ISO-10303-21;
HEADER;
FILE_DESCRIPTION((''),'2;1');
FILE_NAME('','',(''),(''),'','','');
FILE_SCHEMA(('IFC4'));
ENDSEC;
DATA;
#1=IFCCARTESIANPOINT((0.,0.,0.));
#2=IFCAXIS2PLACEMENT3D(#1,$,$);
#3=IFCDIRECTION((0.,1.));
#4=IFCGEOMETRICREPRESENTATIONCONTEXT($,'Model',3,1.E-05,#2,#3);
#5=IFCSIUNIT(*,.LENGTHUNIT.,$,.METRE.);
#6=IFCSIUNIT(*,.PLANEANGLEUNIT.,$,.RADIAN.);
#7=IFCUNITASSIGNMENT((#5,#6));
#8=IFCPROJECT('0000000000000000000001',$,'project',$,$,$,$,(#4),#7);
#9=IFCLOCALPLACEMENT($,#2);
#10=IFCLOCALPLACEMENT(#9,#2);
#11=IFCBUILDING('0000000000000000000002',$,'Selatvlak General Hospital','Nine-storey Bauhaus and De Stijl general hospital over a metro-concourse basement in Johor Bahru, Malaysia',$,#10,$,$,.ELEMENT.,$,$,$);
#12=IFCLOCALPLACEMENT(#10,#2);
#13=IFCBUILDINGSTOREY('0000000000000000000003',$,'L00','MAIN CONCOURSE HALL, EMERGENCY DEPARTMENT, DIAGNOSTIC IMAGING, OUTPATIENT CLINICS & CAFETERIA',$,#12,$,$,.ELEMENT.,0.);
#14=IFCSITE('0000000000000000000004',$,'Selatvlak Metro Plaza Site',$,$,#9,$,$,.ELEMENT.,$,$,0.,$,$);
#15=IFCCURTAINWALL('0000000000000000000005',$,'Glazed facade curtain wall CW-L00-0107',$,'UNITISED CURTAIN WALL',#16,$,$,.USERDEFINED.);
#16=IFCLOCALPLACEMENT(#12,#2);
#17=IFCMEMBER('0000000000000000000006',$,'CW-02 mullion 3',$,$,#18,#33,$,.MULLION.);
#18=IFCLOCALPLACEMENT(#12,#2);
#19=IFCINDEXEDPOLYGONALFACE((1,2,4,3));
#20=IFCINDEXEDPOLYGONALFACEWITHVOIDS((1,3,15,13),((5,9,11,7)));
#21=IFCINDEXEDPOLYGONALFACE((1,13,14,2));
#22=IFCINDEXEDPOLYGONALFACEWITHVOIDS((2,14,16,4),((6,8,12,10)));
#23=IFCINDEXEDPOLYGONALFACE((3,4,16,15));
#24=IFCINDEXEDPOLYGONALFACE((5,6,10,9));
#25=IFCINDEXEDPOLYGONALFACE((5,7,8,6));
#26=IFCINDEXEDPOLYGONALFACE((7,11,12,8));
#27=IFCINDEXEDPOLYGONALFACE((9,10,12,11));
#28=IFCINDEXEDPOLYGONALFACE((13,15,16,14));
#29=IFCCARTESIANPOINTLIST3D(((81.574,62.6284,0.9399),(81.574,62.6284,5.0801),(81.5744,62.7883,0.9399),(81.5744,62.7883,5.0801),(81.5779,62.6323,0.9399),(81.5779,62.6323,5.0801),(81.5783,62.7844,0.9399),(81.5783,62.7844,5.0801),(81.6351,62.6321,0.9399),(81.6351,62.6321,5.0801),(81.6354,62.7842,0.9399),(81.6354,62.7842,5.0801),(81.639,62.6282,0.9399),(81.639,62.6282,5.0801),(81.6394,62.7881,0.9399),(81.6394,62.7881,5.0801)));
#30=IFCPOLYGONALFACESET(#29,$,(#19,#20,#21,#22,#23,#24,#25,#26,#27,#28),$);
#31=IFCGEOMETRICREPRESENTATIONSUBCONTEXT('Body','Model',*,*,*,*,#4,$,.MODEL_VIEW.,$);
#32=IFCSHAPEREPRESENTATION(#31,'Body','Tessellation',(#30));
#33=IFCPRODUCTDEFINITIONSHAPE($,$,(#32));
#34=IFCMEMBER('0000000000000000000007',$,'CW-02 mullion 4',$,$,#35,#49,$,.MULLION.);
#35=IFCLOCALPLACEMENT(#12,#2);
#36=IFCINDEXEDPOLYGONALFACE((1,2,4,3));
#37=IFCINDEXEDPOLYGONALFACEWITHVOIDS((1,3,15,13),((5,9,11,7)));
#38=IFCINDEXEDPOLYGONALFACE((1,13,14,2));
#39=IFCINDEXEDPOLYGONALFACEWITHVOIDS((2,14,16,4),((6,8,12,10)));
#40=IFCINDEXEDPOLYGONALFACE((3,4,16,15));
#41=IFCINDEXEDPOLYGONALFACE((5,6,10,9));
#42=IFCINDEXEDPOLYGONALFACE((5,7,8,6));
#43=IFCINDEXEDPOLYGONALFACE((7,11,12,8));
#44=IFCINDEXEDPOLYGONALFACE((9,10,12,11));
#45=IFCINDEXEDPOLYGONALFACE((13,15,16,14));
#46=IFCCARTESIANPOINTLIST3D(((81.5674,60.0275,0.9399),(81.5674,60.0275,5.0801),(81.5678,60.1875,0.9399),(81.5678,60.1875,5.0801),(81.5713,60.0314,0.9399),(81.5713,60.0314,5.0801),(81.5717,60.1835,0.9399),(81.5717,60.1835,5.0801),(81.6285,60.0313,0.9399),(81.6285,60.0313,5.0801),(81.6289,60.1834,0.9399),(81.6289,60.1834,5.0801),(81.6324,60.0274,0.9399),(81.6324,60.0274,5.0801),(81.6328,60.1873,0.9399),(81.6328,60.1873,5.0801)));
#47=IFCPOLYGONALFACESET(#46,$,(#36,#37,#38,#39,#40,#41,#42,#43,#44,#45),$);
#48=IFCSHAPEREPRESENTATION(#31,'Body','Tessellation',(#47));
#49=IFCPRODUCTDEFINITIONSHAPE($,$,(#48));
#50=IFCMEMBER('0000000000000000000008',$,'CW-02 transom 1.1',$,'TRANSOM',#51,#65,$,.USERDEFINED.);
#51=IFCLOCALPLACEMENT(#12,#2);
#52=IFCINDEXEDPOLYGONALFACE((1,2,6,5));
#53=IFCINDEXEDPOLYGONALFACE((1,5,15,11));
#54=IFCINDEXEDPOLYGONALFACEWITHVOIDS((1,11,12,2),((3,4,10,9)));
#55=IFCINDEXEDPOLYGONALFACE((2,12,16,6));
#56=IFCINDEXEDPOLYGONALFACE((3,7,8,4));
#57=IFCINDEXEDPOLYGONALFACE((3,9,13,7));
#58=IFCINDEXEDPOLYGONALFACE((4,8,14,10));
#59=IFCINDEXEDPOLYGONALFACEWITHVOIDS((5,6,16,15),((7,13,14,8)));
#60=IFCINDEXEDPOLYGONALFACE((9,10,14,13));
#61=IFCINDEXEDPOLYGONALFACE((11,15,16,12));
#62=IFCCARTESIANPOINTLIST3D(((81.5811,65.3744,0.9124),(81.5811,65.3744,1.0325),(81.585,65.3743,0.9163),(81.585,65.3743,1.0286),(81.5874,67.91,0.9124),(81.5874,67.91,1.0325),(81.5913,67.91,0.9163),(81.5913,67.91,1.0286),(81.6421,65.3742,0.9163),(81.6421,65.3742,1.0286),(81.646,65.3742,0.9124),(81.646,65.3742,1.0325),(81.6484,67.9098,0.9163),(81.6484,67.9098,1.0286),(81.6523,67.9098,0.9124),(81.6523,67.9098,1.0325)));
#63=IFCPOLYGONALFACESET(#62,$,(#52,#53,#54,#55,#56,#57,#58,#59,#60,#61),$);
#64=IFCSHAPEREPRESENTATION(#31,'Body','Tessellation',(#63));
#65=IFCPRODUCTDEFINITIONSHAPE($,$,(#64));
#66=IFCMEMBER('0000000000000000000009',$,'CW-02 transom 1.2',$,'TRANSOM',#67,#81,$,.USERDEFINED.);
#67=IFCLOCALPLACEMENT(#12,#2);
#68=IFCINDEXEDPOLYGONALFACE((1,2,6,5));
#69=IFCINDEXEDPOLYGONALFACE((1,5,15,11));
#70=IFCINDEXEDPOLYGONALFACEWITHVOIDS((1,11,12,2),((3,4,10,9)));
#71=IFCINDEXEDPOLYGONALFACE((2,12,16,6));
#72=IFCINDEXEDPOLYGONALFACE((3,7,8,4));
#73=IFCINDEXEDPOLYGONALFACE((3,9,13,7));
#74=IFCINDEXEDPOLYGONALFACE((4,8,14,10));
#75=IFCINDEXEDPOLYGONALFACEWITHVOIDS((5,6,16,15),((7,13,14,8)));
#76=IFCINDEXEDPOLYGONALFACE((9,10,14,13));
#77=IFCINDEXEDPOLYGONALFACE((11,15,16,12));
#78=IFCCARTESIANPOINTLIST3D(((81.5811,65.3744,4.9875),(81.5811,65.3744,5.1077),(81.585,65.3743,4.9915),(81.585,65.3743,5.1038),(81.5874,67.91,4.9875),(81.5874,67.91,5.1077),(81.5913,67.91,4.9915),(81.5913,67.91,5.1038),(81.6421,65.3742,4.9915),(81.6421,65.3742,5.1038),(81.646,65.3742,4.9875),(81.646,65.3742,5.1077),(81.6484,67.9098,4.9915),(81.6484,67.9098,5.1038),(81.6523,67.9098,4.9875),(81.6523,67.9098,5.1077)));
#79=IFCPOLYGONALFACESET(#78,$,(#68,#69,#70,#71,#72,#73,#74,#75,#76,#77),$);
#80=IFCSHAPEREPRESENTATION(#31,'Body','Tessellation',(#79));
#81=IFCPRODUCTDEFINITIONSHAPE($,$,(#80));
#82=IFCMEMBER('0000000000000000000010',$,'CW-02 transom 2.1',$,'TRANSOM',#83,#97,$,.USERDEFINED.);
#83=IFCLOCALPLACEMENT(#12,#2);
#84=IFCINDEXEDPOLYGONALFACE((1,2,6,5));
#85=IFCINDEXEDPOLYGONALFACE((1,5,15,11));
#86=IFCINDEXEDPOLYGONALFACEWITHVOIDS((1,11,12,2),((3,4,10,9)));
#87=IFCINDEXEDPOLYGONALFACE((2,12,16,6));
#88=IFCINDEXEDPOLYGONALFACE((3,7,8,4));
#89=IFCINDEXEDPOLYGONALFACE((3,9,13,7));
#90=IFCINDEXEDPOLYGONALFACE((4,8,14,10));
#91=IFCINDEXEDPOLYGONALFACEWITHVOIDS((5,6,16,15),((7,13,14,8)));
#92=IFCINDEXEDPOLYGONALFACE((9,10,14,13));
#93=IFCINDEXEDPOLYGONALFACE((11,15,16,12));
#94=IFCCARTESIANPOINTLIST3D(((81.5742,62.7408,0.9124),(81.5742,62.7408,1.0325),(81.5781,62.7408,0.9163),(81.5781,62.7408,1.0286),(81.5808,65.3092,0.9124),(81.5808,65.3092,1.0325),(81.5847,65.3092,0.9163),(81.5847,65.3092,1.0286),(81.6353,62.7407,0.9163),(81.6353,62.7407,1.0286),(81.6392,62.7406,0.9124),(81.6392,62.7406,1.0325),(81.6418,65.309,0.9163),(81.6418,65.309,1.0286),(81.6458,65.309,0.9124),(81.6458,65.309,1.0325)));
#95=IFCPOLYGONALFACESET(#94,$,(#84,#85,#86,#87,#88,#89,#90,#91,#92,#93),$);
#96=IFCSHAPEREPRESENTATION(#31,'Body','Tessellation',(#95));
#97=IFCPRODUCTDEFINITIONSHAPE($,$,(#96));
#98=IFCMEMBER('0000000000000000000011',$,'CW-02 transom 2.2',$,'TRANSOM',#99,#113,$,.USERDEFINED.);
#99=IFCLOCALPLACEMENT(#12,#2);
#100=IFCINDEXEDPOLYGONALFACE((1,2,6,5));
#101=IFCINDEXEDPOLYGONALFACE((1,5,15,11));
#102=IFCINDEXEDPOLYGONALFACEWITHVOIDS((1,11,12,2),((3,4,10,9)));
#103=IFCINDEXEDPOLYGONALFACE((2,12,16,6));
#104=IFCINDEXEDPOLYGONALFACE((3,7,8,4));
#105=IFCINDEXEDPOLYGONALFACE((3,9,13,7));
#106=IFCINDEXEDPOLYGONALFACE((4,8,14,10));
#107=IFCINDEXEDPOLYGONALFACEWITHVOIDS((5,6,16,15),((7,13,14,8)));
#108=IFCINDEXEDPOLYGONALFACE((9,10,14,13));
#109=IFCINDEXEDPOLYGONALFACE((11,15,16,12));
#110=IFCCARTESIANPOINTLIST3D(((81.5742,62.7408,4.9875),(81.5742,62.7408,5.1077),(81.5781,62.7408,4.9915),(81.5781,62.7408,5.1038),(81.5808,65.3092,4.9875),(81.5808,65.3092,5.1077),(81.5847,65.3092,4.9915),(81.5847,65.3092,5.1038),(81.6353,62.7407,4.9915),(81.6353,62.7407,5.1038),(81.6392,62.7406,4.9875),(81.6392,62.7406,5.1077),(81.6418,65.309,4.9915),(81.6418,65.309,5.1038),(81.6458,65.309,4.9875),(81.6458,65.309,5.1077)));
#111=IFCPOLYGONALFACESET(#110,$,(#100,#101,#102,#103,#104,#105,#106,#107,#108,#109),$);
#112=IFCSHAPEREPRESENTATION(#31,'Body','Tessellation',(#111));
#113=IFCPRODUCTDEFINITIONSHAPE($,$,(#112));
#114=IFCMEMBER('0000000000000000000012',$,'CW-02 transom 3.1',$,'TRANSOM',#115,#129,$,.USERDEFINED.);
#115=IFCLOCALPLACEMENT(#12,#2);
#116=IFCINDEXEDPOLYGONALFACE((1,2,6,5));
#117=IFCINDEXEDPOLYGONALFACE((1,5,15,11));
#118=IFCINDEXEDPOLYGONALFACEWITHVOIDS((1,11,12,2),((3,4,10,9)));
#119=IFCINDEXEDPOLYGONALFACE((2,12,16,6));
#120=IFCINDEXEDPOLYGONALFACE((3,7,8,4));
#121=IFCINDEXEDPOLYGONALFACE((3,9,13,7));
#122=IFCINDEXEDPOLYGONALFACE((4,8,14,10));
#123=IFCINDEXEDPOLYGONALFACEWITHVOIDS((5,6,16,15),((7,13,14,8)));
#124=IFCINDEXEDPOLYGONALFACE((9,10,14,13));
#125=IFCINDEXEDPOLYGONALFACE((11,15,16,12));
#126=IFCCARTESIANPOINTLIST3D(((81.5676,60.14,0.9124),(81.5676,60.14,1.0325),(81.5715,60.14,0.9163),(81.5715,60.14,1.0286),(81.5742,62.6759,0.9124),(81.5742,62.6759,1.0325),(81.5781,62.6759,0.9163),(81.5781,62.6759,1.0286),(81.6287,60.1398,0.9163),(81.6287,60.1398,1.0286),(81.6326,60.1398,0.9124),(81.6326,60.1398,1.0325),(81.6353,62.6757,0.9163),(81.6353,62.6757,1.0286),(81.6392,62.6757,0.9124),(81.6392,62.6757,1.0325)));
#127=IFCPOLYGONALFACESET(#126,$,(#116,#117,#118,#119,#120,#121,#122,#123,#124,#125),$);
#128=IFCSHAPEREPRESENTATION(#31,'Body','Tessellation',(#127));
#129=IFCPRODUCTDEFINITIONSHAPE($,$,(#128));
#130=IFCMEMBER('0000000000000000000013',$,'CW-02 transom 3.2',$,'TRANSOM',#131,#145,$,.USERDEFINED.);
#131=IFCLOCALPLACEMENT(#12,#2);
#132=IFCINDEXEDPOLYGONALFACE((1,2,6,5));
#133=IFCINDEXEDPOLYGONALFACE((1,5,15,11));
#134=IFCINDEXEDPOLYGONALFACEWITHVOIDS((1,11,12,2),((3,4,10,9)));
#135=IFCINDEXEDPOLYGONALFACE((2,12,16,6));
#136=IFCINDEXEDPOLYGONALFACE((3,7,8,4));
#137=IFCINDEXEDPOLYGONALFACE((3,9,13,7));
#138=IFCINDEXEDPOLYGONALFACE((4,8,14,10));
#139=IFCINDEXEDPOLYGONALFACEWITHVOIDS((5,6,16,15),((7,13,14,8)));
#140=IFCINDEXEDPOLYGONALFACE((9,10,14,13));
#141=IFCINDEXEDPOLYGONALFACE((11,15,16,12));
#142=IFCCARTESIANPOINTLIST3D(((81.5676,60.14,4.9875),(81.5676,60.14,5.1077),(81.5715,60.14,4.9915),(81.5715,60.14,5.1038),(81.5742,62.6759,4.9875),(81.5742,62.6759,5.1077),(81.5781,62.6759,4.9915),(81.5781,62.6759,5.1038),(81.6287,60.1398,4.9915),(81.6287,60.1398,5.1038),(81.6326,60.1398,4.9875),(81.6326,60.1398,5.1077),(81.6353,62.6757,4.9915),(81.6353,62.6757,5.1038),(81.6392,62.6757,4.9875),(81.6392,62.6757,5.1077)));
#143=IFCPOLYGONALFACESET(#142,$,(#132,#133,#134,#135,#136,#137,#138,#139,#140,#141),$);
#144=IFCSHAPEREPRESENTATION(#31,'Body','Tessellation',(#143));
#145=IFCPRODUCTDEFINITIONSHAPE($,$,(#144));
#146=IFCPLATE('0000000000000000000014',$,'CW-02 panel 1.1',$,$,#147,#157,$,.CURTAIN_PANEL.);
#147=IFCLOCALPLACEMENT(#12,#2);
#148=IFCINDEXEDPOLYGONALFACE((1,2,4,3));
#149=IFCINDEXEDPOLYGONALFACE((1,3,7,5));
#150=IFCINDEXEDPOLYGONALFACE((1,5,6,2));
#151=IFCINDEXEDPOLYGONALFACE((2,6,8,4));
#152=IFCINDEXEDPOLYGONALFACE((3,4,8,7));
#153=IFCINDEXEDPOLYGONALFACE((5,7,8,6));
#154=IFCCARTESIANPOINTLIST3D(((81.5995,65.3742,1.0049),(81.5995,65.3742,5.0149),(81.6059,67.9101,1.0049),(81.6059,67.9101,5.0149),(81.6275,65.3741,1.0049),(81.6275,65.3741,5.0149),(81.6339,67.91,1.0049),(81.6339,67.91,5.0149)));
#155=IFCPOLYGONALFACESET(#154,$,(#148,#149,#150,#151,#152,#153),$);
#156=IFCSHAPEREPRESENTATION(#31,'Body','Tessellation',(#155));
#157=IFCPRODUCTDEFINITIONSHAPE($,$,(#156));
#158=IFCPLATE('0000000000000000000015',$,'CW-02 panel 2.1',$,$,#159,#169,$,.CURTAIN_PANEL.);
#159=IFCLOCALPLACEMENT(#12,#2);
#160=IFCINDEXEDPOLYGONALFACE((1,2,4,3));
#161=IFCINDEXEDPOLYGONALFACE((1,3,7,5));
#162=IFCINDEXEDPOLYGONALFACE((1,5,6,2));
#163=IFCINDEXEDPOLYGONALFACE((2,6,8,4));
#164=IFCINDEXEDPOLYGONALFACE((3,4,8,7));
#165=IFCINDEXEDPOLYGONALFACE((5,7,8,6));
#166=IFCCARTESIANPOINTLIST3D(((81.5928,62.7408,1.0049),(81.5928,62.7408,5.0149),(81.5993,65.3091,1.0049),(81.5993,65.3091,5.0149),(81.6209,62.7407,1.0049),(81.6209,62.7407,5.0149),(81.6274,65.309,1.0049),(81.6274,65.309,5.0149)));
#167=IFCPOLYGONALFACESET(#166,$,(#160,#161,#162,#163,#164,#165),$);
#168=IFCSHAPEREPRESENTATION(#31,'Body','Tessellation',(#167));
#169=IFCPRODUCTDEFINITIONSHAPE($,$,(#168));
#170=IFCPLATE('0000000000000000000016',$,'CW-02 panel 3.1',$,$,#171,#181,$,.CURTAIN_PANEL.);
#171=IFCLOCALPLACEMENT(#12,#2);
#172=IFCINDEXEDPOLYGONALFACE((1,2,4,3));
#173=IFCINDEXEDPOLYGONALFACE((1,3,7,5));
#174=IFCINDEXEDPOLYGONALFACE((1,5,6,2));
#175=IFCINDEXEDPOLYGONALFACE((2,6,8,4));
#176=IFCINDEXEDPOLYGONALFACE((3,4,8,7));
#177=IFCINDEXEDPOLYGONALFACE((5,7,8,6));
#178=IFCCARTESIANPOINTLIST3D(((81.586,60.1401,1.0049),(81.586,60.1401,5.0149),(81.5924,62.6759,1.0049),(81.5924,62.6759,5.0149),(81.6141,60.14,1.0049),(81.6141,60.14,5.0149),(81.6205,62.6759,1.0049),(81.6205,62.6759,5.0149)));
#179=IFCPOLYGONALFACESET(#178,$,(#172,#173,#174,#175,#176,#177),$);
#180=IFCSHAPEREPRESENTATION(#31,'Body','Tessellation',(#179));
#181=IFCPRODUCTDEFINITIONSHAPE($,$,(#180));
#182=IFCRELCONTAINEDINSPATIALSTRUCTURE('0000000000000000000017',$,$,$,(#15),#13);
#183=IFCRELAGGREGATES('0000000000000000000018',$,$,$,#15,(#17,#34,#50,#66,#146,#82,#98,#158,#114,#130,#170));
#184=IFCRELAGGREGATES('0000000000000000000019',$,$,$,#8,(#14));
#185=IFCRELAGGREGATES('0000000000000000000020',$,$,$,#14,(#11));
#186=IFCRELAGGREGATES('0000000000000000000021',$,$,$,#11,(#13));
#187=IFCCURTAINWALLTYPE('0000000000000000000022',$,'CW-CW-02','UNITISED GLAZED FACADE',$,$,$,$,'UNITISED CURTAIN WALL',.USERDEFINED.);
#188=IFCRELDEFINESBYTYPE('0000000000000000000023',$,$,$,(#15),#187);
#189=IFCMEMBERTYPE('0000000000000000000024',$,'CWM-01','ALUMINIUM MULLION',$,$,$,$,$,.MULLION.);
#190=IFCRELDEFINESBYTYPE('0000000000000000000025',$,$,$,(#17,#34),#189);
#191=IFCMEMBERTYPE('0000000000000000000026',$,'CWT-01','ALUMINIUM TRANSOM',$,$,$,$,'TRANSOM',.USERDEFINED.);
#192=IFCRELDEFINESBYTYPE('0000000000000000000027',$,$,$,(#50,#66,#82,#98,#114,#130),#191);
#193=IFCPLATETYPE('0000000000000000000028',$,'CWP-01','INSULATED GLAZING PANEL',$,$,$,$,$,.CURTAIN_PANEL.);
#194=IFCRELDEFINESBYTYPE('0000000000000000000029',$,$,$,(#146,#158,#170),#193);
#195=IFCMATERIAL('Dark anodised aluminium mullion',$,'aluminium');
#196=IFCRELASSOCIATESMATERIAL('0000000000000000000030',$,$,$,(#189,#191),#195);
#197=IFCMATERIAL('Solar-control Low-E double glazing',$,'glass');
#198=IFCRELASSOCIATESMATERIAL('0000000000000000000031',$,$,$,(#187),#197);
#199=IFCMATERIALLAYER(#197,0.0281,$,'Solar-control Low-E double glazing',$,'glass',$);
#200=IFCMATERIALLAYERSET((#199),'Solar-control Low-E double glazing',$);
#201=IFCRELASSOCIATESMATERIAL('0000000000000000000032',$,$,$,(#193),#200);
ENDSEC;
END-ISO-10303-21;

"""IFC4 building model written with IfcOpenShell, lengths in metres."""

from ifc_helpers import new_model, si_unit, direction, frame, origin, origin_2d, place, context, subcontext, project, spatial, rectangle, hollow_rectangle, extrude, material, layer, layer_set, material_profile, profile_set, type_object, element, aggregate, save


model = new_model("IFC4")

# Units and contexts
model_context = context("Model", 3, precision=1e-05, world=origin(), true_north=direction((0.0, 1.0)))
body_context = subcontext(model_context, "Body", "Model", "MODEL_VIEW")
ifc_project = project(units=[si_unit("LENGTHUNIT", "METRE"), si_unit("PLANEANGLEUNIT", "RADIAN")], contexts=[model_context])

# Site, building, storey
site_placement = place(None, origin())
site = spatial("IfcSite", under=ifc_project, at=site_placement, Name="Selatvlak Metro Plaza Site", CompositionType="ELEMENT", RefElevation=0.0)
building_placement = place(site_placement, origin())
building = spatial("IfcBuilding", under=site, at=building_placement, Name="Selatvlak General Hospital", Description="Nine-storey Bauhaus and De Stijl general hospital over a metro-concourse basement in Johor Bahru, Malaysia", CompositionType="ELEMENT")
storey_placement = place(building_placement, origin())
storey = spatial("IfcBuildingStorey", under=building, at=storey_placement, Name="L00", Description="MAIN CONCOURSE HALL, EMERGENCY DEPARTMENT, DIAGNOSTIC IMAGING, OUTPATIENT CLINICS & CAFETERIA", CompositionType="ELEMENT", Elevation=0.0)

# Shared definitions
ifc_material_1 = material(Name="Solar-control Low-E double glazing", Category="glass")
ifc_material_2 = material(Name="Dark anodised aluminium mullion", Category="aluminium")
ifc_material_profile_1 = material_profile(ifc_material_2, hollow_rectangle(XDim=0.0649, YDim=0.1599, WallThickness=0.0039, at=origin_2d()), Name="AL-MUL 65x160x4")
ifc_profile_set_1 = profile_set([ifc_material_profile_1], Name="Dark anodised aluminium mullion")
member_type_1 = type_object("IfcMemberType", Name="CWM-01", Description="ALUMINIUM MULLION", PredefinedType="MULLION", material=ifc_profile_set_1)

# Curtain wall, members, plates
curtain_wall_type_1 = type_object("IfcCurtainWallType", Name="CW-CW-02", Description="UNITISED GLAZED FACADE", ElementType="UNITISED CURTAIN WALL", PredefinedType="USERDEFINED", material=ifc_material_1)
curtain_wall_1_placement = place(storey_placement, origin())
curtain_wall_1 = element("IfcCurtainWall", 1, at=curtain_wall_1_placement, inside=storey, type_object=curtain_wall_type_1, Name="Glazed facade curtain wall CW-L00-0107", ObjectType="UNITISED CURTAIN WALL", PredefinedType="USERDEFINED")
member_1_placement = place(storey_placement, frame((81.6067, 62.7083, 0.9399), z_axis=(0.0, 0.0, 1.0), x_axis=(0.999997, -0.002532, 0.0)))
member_1 = element("IfcMember", 2, at=member_1_placement, type_object=member_type_1, Name="CW-02 mullion 3", PredefinedType="MULLION", context=body_context, shape_type="SweptSolid", body=[
    extrude(hollow_rectangle(XDim=0.0649, YDim=0.1599, WallThickness=0.0039, at=origin_2d()), origin(), (0.0, 0.0, 1.0), 4.1401),
])
member_2_placement = place(storey_placement, frame((81.6001, 60.1074, 0.9399), z_axis=(0.0, 0.0, 1.0), x_axis=(0.999997, -0.002532, 0.0)))
member_2 = element("IfcMember", 3, at=member_2_placement, type_object=member_type_1, Name="CW-02 mullion 4", PredefinedType="MULLION", context=body_context, shape_type="SweptSolid", body=[
    extrude(hollow_rectangle(XDim=0.0649, YDim=0.1599, WallThickness=0.0039, at=origin_2d()), origin(), (0.0, 0.0, 1.0), 4.1401),
])
ifc_material_profile_2 = material_profile(ifc_material_2, hollow_rectangle(XDim=0.0649, YDim=0.1201, WallThickness=0.0039, at=origin_2d()), Name="AL-TRN 65x120x4")
ifc_profile_set_2 = profile_set([ifc_material_profile_2], Name="Dark anodised aluminium mullion")
member_type_2 = type_object("IfcMemberType", Name="CWT-01", Description="ALUMINIUM TRANSOM", ElementType="TRANSOM", PredefinedType="USERDEFINED", material=ifc_profile_set_2)
member_3_placement = place(storey_placement, frame((81.6199, 67.9099, 0.9724), z_axis=(-0.002503, -0.999997, 0.0), x_axis=(0.999997, -0.002503, 0.0)))
member_3 = element("IfcMember", 4, at=member_3_placement, type_object=member_type_2, Name="CW-02 transom 1.1", ObjectType="TRANSOM", PredefinedType="USERDEFINED", context=body_context, shape_type="SweptSolid", body=[
    extrude(hollow_rectangle(XDim=0.0649, YDim=0.1201, WallThickness=0.0039, at=origin_2d()), origin(), (0.0, 0.0, 1.0), 2.5356),
])
member_4_placement = place(storey_placement, frame((81.6199, 67.9099, 5.0476), z_axis=(-0.002503, -0.999997, 0.0), x_axis=(0.999997, -0.002503, 0.0)))
member_4 = element("IfcMember", 5, at=member_4_placement, type_object=member_type_2, Name="CW-02 transom 1.2", ObjectType="TRANSOM", PredefinedType="USERDEFINED", context=body_context, shape_type="SweptSolid", body=[
    extrude(hollow_rectangle(XDim=0.0649, YDim=0.1201, WallThickness=0.0039, at=origin_2d()), origin(), (0.0, 0.0, 1.0), 2.5356),
])
member_5_placement = place(storey_placement, frame((81.6133, 65.3091, 0.9724), z_axis=(-0.002567, -0.999997, 0.0), x_axis=(0.999997, -0.002567, 0.0)))
member_5 = element("IfcMember", 6, at=member_5_placement, type_object=member_type_2, Name="CW-02 transom 2.1", ObjectType="TRANSOM", PredefinedType="USERDEFINED", context=body_context, shape_type="SweptSolid", body=[
    extrude(hollow_rectangle(XDim=0.0649, YDim=0.1201, WallThickness=0.0039, at=origin_2d()), origin(), (0.0, 0.0, 1.0), 2.5684),
])
member_6_placement = place(storey_placement, frame((81.6133, 65.3091, 5.0476), z_axis=(-0.002567, -0.999997, 0.0), x_axis=(0.999997, -0.002567, 0.0)))
member_6 = element("IfcMember", 7, at=member_6_placement, type_object=member_type_2, Name="CW-02 transom 2.2", ObjectType="TRANSOM", PredefinedType="USERDEFINED", context=body_context, shape_type="SweptSolid", body=[
    extrude(hollow_rectangle(XDim=0.0649, YDim=0.1201, WallThickness=0.0039, at=origin_2d()), origin(), (0.0, 0.0, 1.0), 2.5684),
])
member_7_placement = place(storey_placement, frame((81.6067, 62.6758, 0.9724), z_axis=(-0.002599, -0.999997, 0.0), x_axis=(0.999997, -0.002599, 0.0)))
member_7 = element("IfcMember", 8, at=member_7_placement, type_object=member_type_2, Name="CW-02 transom 3.1", ObjectType="TRANSOM", PredefinedType="USERDEFINED", context=body_context, shape_type="SweptSolid", body=[
    extrude(hollow_rectangle(XDim=0.0649, YDim=0.1201, WallThickness=0.0039, at=origin_2d()), origin(), (0.0, 0.0, 1.0), 2.5359),
])
member_8_placement = place(storey_placement, frame((81.6067, 62.6758, 5.0476), z_axis=(-0.002599, -0.999997, 0.0), x_axis=(0.999997, -0.002599, 0.0)))
member_8 = element("IfcMember", 9, at=member_8_placement, type_object=member_type_2, Name="CW-02 transom 3.2", ObjectType="TRANSOM", PredefinedType="USERDEFINED", context=body_context, shape_type="SweptSolid", body=[
    extrude(hollow_rectangle(XDim=0.0649, YDim=0.1201, WallThickness=0.0039, at=origin_2d()), origin(), (0.0, 0.0, 1.0), 2.5359),
])
ifc_layer_1 = layer(ifc_material_1, 0.0281, Name="Solar-control Low-E double glazing", Category="glass")
ifc_layer_set_1 = layer_set([ifc_layer_1], Name="Solar-control Low-E double glazing")
plate_type = type_object("IfcPlateType", Name="CWP-01", Description="INSULATED GLAZING PANEL", PredefinedType="CURTAIN_PANEL", material=ifc_layer_set_1)
plate_1_placement = place(storey_placement, frame((81.6167, 66.6421, 1.0049), z_axis=(0.0, 0.0, 1.0), x_axis=(-0.002532, -0.999997, 0.0)))
plate_1 = element("IfcPlate", 10, at=plate_1_placement, type_object=plate_type, Name="CW-02 panel 1.1", PredefinedType="CURTAIN_PANEL", context=body_context, shape_type="SweptSolid", body=[
    extrude(rectangle(XDim=2.5359, YDim=0.0281, at=origin_2d()), origin(), (0.0, 0.0, 1.0), 4.01),
])
plate_2_placement = place(storey_placement, frame((81.6101, 64.0249, 1.0049), z_axis=(0.0, 0.0, 1.0), x_axis=(-0.002532, -0.999997, 0.0)))
plate_2 = element("IfcPlate", 11, at=plate_2_placement, type_object=plate_type, Name="CW-02 panel 2.1", PredefinedType="CURTAIN_PANEL", context=body_context, shape_type="SweptSolid", body=[
    extrude(rectangle(XDim=2.5684, YDim=0.0281, at=origin_2d()), origin(), (0.0, 0.0, 1.0), 4.01),
])
plate_3_placement = place(storey_placement, frame((81.6033, 61.408, 1.0049), z_axis=(0.0, 0.0, 1.0), x_axis=(-0.002532, -0.999997, 0.0)))
plate_3 = element("IfcPlate", 12, at=plate_3_placement, type_object=plate_type, Name="CW-02 panel 3.1", PredefinedType="CURTAIN_PANEL", context=body_context, shape_type="SweptSolid", body=[
    extrude(rectangle(XDim=2.5359, YDim=0.0281, at=origin_2d()), origin(), (0.0, 0.0, 1.0), 4.01),
])
aggregate(curtain_wall_1, [member_1, member_2, member_3, member_4, plate_1, member_5, member_6, plate_2, member_7, member_8, plate_3])

save(model, "model.ifc")
